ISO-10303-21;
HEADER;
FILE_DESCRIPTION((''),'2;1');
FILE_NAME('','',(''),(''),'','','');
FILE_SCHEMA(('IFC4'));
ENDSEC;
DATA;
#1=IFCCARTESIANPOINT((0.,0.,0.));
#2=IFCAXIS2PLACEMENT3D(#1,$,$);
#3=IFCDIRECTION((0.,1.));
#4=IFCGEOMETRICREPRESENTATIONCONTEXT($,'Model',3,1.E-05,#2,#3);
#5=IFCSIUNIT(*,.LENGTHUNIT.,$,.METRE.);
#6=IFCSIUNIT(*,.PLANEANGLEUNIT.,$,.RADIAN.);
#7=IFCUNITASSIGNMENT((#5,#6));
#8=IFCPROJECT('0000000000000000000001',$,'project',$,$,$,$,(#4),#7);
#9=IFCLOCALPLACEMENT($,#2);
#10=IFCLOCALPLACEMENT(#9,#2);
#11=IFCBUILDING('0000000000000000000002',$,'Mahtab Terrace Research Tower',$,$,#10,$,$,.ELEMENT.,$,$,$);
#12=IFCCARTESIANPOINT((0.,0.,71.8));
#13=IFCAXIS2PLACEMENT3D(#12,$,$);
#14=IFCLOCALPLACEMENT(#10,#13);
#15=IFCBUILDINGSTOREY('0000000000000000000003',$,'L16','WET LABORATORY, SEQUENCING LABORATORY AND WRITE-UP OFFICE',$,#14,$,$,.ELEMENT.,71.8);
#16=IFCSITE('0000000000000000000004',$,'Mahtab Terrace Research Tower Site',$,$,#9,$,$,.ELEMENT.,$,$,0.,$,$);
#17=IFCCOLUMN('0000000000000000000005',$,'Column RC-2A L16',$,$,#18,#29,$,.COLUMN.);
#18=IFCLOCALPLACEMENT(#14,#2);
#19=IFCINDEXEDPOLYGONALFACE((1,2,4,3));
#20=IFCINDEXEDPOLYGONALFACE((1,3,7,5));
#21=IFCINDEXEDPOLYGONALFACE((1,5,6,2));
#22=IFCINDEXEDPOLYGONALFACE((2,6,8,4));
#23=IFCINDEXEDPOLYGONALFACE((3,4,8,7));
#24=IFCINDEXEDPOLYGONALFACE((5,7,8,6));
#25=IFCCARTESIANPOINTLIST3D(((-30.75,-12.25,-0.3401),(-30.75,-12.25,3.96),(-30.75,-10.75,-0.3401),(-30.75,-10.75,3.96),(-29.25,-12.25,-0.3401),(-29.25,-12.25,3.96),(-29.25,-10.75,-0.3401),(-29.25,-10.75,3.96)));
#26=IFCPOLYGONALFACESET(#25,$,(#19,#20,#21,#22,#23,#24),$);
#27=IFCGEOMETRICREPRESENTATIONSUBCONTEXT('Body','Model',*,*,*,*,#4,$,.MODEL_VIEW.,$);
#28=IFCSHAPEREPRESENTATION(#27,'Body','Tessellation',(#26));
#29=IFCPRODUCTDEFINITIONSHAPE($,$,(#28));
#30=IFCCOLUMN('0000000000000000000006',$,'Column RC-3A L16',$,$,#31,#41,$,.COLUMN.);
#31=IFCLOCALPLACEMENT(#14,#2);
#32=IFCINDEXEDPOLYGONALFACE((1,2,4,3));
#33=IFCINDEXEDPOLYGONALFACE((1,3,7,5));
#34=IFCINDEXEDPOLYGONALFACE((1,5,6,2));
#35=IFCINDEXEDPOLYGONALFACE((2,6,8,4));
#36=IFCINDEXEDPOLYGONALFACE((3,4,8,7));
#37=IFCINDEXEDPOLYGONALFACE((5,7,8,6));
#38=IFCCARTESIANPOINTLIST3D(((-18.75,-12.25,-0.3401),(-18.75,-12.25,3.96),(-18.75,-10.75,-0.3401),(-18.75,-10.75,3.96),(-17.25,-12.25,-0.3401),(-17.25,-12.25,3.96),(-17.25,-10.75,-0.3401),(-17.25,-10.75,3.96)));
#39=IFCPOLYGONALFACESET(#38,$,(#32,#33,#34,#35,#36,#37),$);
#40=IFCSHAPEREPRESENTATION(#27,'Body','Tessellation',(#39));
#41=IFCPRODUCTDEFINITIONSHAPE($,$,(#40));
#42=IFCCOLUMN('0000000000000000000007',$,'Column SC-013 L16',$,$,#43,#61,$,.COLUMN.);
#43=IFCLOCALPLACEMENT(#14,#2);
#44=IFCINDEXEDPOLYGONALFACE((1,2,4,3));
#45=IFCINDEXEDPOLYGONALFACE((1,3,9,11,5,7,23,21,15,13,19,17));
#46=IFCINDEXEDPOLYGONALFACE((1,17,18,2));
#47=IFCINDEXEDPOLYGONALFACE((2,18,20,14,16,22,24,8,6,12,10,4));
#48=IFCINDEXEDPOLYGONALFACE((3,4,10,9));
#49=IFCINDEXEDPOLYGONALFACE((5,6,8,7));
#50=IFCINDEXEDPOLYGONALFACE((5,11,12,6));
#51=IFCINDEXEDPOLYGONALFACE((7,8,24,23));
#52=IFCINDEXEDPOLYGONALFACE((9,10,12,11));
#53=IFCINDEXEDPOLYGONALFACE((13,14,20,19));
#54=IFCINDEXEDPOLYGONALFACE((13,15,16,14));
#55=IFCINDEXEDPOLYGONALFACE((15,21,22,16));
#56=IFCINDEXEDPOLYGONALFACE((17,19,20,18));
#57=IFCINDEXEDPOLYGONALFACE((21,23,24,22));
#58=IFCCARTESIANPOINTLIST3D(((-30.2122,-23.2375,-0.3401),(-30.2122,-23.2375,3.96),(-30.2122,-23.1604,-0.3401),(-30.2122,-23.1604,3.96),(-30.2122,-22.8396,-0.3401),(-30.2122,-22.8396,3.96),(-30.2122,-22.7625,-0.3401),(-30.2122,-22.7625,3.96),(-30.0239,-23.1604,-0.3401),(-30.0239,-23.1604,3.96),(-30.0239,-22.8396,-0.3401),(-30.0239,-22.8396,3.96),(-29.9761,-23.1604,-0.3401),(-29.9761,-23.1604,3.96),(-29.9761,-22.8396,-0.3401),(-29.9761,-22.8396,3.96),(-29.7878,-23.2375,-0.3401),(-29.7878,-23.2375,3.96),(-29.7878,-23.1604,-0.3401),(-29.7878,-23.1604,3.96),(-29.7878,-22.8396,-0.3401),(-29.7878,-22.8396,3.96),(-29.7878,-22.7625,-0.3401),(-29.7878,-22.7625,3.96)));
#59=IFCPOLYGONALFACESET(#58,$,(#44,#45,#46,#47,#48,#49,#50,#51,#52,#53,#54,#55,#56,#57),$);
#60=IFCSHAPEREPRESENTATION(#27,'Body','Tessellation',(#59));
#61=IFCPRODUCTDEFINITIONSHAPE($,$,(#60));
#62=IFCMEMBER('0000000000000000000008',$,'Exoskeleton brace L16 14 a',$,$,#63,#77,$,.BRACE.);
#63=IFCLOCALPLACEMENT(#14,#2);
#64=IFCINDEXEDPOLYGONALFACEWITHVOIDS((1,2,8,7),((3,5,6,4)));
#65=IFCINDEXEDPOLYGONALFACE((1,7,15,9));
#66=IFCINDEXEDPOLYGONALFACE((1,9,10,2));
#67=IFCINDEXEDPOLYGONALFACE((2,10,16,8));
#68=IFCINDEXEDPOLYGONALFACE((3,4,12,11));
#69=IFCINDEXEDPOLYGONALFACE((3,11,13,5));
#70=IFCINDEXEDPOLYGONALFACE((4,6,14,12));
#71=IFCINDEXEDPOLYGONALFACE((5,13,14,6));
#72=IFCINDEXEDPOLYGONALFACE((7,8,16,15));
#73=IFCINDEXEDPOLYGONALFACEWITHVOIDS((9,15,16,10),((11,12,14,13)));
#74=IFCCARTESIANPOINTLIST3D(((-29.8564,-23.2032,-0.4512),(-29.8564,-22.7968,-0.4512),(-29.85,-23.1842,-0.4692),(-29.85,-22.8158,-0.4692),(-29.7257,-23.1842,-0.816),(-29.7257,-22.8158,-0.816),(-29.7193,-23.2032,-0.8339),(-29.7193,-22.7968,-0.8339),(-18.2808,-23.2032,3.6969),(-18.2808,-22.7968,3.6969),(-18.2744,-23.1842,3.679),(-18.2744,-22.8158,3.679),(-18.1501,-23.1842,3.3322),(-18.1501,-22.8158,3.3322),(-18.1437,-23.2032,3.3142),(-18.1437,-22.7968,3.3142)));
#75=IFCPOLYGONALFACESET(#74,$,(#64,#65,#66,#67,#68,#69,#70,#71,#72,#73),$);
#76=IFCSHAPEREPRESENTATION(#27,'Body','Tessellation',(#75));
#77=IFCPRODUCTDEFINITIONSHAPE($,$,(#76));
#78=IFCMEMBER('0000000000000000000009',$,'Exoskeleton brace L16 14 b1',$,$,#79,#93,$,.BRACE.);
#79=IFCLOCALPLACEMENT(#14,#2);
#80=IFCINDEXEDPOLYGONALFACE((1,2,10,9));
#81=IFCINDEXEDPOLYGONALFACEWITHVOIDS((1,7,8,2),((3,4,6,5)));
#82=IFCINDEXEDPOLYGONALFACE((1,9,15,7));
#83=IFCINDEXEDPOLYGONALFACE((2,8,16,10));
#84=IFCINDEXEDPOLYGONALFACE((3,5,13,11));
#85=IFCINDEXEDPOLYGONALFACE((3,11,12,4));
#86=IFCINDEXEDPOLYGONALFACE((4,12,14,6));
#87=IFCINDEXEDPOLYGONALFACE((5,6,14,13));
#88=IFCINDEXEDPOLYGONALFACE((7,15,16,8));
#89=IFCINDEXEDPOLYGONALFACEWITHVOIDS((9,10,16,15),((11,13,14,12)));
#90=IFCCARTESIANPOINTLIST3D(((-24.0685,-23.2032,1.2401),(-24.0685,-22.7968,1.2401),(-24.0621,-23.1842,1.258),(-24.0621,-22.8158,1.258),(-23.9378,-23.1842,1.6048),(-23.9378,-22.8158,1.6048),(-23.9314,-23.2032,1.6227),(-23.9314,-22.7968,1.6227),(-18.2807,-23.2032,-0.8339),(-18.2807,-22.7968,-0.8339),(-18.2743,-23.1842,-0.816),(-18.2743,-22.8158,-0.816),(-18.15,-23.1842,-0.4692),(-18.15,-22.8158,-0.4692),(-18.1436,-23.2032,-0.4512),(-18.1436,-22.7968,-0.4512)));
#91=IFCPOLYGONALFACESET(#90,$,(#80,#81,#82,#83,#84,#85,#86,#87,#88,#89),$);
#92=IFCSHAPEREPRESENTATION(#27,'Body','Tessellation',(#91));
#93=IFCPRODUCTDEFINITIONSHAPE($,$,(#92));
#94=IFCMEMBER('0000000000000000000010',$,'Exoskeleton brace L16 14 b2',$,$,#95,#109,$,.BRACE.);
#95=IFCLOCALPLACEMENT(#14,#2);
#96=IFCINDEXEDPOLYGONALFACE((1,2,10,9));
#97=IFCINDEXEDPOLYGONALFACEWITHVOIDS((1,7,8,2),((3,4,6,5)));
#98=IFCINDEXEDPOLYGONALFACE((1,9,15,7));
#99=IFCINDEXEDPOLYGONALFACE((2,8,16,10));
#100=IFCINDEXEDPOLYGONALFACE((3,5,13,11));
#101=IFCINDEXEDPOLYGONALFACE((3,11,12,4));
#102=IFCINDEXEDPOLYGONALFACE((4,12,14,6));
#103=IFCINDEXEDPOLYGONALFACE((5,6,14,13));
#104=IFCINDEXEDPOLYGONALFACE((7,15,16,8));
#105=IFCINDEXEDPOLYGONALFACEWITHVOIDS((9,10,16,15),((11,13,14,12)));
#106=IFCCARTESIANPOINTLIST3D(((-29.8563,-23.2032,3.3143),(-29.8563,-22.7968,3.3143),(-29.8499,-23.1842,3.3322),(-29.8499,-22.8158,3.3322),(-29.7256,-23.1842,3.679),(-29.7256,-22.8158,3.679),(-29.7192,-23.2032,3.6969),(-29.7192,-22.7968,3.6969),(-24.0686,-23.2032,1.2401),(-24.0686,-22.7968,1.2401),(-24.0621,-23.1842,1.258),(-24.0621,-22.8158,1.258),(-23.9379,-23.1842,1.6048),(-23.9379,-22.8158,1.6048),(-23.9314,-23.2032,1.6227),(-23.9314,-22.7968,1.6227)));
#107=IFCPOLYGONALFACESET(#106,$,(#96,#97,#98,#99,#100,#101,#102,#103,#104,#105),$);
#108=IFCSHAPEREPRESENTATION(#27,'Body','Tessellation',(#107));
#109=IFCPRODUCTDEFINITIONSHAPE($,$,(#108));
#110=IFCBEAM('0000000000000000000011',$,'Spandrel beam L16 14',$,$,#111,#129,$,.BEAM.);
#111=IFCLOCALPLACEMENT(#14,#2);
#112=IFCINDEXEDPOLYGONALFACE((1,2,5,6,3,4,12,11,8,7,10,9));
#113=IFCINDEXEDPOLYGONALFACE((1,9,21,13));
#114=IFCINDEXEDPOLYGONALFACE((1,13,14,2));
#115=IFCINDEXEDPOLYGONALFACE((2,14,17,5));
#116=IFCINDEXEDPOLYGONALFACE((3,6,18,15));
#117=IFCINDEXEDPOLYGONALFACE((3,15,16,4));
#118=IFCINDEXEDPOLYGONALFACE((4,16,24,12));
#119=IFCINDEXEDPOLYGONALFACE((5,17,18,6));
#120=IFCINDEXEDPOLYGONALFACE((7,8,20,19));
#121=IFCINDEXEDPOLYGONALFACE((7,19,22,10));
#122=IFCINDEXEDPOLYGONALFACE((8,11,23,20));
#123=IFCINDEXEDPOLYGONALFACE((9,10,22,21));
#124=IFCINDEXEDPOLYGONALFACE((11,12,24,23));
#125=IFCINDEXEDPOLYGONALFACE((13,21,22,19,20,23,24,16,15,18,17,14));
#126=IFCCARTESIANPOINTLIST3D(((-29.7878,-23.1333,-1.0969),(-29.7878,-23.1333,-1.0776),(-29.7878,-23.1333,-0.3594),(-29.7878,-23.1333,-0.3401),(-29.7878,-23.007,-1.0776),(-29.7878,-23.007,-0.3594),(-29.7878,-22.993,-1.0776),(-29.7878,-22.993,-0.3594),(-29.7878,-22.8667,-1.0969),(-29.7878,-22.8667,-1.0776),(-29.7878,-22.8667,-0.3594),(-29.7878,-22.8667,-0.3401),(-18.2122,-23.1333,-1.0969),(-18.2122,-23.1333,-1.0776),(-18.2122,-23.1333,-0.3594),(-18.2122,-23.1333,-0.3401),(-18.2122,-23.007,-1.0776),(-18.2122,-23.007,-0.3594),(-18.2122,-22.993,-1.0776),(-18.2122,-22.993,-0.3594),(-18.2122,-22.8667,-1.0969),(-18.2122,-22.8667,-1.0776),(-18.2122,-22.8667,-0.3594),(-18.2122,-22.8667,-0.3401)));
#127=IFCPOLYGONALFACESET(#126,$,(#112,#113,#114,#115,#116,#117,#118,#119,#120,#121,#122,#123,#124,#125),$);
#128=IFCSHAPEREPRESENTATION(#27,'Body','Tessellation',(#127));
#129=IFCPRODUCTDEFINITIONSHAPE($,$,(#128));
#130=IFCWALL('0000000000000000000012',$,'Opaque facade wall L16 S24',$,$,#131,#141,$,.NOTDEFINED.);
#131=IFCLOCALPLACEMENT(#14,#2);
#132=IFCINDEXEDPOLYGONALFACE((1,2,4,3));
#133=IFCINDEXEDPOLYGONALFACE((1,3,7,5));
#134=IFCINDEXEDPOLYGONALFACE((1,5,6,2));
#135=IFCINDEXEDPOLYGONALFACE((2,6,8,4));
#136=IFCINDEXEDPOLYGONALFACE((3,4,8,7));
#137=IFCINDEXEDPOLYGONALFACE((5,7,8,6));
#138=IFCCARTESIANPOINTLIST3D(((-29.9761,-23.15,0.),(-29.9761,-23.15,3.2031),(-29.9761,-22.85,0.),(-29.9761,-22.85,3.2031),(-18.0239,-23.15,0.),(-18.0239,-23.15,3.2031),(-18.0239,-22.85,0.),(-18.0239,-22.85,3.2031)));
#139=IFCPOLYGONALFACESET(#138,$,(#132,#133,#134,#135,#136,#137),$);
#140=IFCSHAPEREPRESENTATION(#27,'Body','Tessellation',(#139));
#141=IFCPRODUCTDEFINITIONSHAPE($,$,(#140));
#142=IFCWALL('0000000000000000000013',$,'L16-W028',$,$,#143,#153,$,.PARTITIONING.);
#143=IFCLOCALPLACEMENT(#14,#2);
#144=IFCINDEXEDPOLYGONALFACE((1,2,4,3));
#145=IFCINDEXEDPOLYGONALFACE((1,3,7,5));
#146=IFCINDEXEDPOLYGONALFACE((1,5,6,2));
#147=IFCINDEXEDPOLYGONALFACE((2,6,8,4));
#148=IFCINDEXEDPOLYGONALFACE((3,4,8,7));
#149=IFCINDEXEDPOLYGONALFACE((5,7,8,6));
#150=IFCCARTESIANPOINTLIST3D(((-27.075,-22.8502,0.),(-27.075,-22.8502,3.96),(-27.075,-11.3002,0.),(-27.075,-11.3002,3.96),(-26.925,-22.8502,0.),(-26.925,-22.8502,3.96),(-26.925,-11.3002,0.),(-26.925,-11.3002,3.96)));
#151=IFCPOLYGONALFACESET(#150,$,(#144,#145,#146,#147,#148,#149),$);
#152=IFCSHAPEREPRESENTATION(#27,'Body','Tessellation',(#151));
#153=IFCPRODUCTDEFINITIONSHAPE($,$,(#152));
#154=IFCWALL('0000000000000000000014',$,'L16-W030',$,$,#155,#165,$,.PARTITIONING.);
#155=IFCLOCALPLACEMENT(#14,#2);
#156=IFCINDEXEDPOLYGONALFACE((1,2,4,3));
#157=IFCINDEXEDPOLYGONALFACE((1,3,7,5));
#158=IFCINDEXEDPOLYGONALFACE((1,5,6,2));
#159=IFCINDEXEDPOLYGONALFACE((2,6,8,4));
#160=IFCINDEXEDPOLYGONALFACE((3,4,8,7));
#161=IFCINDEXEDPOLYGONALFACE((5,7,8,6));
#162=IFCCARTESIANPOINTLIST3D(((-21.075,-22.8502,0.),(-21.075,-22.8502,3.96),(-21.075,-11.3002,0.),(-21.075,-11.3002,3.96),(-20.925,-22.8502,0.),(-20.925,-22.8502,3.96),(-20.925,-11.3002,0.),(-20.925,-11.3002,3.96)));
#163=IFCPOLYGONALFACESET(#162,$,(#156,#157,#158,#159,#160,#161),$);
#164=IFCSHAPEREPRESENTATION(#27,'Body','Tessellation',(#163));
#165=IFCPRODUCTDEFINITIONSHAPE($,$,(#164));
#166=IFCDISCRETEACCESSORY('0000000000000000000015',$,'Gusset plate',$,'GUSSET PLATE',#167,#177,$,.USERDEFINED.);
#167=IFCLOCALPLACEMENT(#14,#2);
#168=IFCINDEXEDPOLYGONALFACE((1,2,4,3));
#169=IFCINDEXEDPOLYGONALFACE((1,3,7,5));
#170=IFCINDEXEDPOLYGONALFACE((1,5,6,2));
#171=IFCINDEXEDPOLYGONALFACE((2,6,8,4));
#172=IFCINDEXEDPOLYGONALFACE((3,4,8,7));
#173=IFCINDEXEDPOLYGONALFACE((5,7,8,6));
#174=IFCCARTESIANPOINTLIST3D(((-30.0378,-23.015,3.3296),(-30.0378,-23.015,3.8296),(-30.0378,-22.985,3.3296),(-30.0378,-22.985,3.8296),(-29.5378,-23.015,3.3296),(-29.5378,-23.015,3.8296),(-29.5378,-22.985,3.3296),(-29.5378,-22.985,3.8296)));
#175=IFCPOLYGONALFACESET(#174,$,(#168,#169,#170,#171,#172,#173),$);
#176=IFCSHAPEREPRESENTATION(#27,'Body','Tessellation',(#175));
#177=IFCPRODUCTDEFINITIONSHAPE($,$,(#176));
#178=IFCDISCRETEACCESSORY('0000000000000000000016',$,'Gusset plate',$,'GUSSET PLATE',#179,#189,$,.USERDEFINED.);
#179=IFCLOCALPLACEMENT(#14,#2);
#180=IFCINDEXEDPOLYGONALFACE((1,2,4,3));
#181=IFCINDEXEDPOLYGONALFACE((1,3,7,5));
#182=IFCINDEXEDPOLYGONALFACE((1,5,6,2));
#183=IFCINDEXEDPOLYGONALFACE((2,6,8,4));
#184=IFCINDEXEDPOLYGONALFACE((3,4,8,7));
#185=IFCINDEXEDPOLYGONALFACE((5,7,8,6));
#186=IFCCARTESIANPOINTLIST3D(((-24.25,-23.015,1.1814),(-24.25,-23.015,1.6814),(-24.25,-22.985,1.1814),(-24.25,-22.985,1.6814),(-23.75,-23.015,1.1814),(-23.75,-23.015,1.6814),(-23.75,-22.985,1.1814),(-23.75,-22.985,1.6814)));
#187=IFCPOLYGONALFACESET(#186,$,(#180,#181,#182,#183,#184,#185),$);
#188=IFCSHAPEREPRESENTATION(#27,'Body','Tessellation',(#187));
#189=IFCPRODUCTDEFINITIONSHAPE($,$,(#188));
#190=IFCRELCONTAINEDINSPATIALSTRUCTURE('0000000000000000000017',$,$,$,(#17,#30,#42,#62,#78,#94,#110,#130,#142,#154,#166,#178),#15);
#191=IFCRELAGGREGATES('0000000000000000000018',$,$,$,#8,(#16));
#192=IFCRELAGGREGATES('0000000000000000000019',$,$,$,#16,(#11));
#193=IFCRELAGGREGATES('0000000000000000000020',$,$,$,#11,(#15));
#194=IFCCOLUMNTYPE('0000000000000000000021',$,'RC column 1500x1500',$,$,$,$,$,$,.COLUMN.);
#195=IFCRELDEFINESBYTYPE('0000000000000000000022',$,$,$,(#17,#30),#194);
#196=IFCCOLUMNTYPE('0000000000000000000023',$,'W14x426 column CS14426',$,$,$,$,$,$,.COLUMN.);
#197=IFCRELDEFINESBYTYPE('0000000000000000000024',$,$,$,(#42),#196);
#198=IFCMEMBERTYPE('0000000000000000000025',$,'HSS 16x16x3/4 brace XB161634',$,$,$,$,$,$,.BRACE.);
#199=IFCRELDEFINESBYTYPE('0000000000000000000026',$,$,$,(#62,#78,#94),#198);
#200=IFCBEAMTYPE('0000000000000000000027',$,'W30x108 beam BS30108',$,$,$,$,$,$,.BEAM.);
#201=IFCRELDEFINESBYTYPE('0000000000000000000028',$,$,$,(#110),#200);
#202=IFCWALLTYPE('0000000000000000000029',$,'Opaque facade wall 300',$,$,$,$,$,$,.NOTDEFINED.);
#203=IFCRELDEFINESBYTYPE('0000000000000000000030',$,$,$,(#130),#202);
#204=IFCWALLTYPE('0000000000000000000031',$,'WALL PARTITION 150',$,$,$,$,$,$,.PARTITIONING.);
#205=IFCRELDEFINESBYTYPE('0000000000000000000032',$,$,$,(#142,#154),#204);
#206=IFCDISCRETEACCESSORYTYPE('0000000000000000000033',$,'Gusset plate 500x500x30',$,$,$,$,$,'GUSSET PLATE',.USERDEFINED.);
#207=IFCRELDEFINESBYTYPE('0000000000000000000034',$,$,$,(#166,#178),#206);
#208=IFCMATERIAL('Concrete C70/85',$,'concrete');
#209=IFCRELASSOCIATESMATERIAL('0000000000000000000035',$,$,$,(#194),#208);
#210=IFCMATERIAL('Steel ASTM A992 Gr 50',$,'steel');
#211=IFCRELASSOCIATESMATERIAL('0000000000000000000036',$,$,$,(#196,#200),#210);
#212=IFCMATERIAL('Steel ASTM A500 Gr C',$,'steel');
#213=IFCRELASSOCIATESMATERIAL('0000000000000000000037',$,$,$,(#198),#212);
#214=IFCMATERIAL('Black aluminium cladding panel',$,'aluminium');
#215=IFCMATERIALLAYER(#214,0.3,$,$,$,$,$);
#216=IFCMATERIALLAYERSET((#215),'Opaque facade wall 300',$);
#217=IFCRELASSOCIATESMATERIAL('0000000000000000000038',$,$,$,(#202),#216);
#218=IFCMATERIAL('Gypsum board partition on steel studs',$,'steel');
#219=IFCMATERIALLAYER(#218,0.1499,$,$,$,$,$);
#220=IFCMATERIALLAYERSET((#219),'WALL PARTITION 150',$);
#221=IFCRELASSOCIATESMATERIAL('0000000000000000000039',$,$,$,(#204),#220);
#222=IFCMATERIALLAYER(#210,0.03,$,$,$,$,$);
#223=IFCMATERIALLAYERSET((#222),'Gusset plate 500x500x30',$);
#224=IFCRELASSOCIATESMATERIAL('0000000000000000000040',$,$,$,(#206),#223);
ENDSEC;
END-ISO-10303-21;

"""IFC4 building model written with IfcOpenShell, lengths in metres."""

from ifc_helpers import new_model, si_unit, direction, frame, frame_2d, origin, origin_2d, place, context, subcontext, project, spatial, rectangle, hollow_rectangle, i_section, extrude, material, layer, layer_set, material_profile, profile_set, type_object, element, save


model = new_model("IFC4")

# Units and contexts
model_context = context("Model", 3, precision=1e-05, world=origin(), true_north=direction((0.0, 1.0)))
body_context = subcontext(model_context, "Body", "Model", "MODEL_VIEW")
ifc_project = project(units=[si_unit("LENGTHUNIT", "METRE"), si_unit("PLANEANGLEUNIT", "RADIAN")], contexts=[model_context])

# Site, building, storey
site_placement = place(None, origin())
site = spatial("IfcSite", under=ifc_project, at=site_placement, Name="Mahtab Terrace Research Tower Site", CompositionType="ELEMENT", RefElevation=0.0)
building_placement = place(site_placement, origin())
building = spatial("IfcBuilding", under=site, at=building_placement, Name="Mahtab Terrace Research Tower", CompositionType="ELEMENT")
storey_placement = place(building_placement, frame((0.0, 0.0, 71.8)))
storey = spatial("IfcBuildingStorey", under=building, at=storey_placement, Name="L16", Description="WET LABORATORY, SEQUENCING LABORATORY AND WRITE-UP OFFICE", CompositionType="ELEMENT", Elevation=71.8)

# Columns
ifc_material_1 = material(Name="Concrete C70/85", Category="concrete")
ifc_material_profile_1 = material_profile(ifc_material_1, rectangle(XDim=1.5, YDim=1.5, at=origin_2d()), Name="RC column 1500x1500")
ifc_profile_set_1 = profile_set([ifc_material_profile_1], Name="Concrete C70/85")
column_type_1 = type_object("IfcColumnType", Name="RC column 1500x1500", PredefinedType="COLUMN", material=ifc_profile_set_1)
for number, where, z_axis, x_axis, name in (
    (1, (-30.0, -11.5, -0.3401), (0.0, 0.0, 1.0), (1.0, 0.0, 0.0), "Column RC-2A L16"),
    (2, (-18.0, -11.5, -0.3401), (0.0, 0.0, 1.0), (1.0, 0.0, 0.0), "Column RC-3A L16"),
):
    element("IfcColumn", number, at=place(storey_placement, frame(where, z_axis=z_axis, x_axis=x_axis)), inside=storey, type_object=column_type_1, Name=name, PredefinedType="COLUMN", context=body_context, shape_type="SweptSolid", body=[
        extrude(rectangle(XDim=1.5, YDim=1.5, at=origin_2d()), origin(), (0.0, 0.0, 1.0), 4.3),
    ])
ifc_material_2 = material(Name="Steel ASTM A992 Gr 50", Category="steel")
ifc_material_profile_2 = material_profile(ifc_material_2, i_section(OverallWidth=0.4243, OverallDepth=0.4751, WebThickness=0.0479, FlangeThickness=0.0771, at=origin_2d()), Name="W14X426")
ifc_profile_set_2 = profile_set([ifc_material_profile_2], Name="Steel ASTM A992 Gr 50")
column_type_2 = type_object("IfcColumnType", Name="W14x426 column CS14426", PredefinedType="COLUMN", material=ifc_profile_set_2)
column_placement = place(storey_placement, frame((-30.0, -23.0, -0.3401), z_axis=(0.0, 0.0, 1.0), x_axis=(1.0, 0.0, 0.0)))
element("IfcColumn", 3, at=column_placement, inside=storey, type_object=column_type_2, Name="Column SC-013 L16", PredefinedType="COLUMN", context=body_context, shape_type="SweptSolid", body=[
    extrude(i_section(OverallWidth=0.4243, OverallDepth=0.4751, WebThickness=0.0479, FlangeThickness=0.0771, at=origin_2d()), origin(), (0.0, 0.0, 1.0), 4.3),
])

# Members
ifc_material_3 = material(Name="Steel ASTM A500 Gr C", Category="steel")
ifc_material_profile_3 = material_profile(ifc_material_3, hollow_rectangle(XDim=0.4065, YDim=0.4065, WallThickness=0.019, at=origin_2d()), Name="HSS16X16X3/4")
ifc_profile_set_3 = profile_set([ifc_material_profile_3], Name="Steel ASTM A500 Gr C")
member_type = type_object("IfcMemberType", Name="HSS 16x16x3/4 brace XB161634", PredefinedType="BRACE", material=ifc_profile_set_3)
member_placement = place(storey_placement, frame((-29.7878, -23.0, -0.6426), z_axis=(0.94138, 0.0, 0.337347), x_axis=(0.0, 1.0, 0.0)))
element("IfcMember", 4, at=member_placement, inside=storey, type_object=member_type, Name="Exoskeleton brace L16 14 a", PredefinedType="BRACE", context=body_context, shape_type="SweptSolid", body=[
    extrude(hollow_rectangle(XDim=0.4065, YDim=0.4065, WallThickness=0.019, at=origin_2d()), origin(), (0.0, 0.0, 1.0), 12.2964),
])
for number, where, z_axis, x_axis, name in (
    (5, (-18.2122, -23.0, -0.6426), (-0.941387, 0.0, 0.33733), (0.0, -1.0, 0.0), "Exoskeleton brace L16 14 b1"),
    (6, (-24.0, -23.0, 1.4314), (-0.941374, 0.0, 0.337365), (0.0, -1.0, 0.0), "Exoskeleton brace L16 14 b2"),
):
    element("IfcMember", number, at=place(storey_placement, frame(where, z_axis=z_axis, x_axis=x_axis)), inside=storey, type_object=member_type, Name=name, PredefinedType="BRACE", context=body_context, shape_type="SweptSolid", body=[
        extrude(hollow_rectangle(XDim=0.4065, YDim=0.4065, WallThickness=0.019, at=origin_2d()), origin(), (0.0, 0.0, 1.0), 6.1482),
    ])

# Beam
ifc_material_profile_4 = material_profile(ifc_material_2, i_section(OverallWidth=0.2666, OverallDepth=0.7568, WebThickness=0.0139, FlangeThickness=0.0193, at=origin_2d()), Name="W30X108")
ifc_profile_set_4 = profile_set([ifc_material_profile_4], Name="Steel ASTM A992 Gr 50")
beam_type = type_object("IfcBeamType", Name="W30x108 beam BS30108", PredefinedType="BEAM", material=ifc_profile_set_4)
beam_placement = place(storey_placement, frame((-29.7878, -23.0, -0.7185), z_axis=(1.0, 0.0, 0.0), x_axis=(0.0, 1.0, 0.0)))
element("IfcBeam", 7, at=beam_placement, inside=storey, type_object=beam_type, Name="Spandrel beam L16 14", PredefinedType="BEAM", context=body_context, shape_type="SweptSolid", body=[
    extrude(i_section(OverallWidth=0.2666, OverallDepth=0.7568, WebThickness=0.0139, FlangeThickness=0.0193, at=origin_2d()), origin(), (0.0, 0.0, 1.0), 11.5757),
])

# Walls
ifc_material_4 = material(Name="Black aluminium cladding panel", Category="aluminium")
ifc_layer_1 = layer(ifc_material_4, 0.3)
ifc_layer_set_1 = layer_set([ifc_layer_1], Name="Opaque facade wall 300")
wall_type_1 = type_object("IfcWallType", Name="Opaque facade wall 300", PredefinedType="NOTDEFINED", material=ifc_layer_set_1)
wall_placement = place(storey_placement, frame((-29.9761, -23.0, 0.0), z_axis=(0.0, 0.0, 1.0), x_axis=(1.0, 0.0, 0.0)))
element("IfcWall", 8, at=wall_placement, inside=storey, type_object=wall_type_1, Name="Opaque facade wall L16 S24", PredefinedType="NOTDEFINED", context=body_context, shape_type="SweptSolid", body=[
    extrude(rectangle(XDim=11.9521, YDim=0.3, at=frame_2d((5.9761, 0.0))), origin(), (0.0, 0.0, 1.0), 3.2031),
])
ifc_material_5 = material(Name="Gypsum board partition on steel studs", Category="steel")
ifc_layer_2 = layer(ifc_material_5, 0.1499)
ifc_layer_set_2 = layer_set([ifc_layer_2], Name="WALL PARTITION 150")
wall_type_2 = type_object("IfcWallType", Name="WALL PARTITION 150", PredefinedType="PARTITIONING", material=ifc_layer_set_2)
for number, where, z_axis, x_axis, name in (
    (9, (-27.0, -22.8501, 0.0), (0.0, 0.0, 1.0), (0.0, 1.0, 0.0), "L16-W028"),
    (10, (-21.0, -22.8501, 0.0), (0.0, 0.0, 1.0), (0.0, 1.0, 0.0), "L16-W030"),
):
    element("IfcWall", number, at=place(storey_placement, frame(where, z_axis=z_axis, x_axis=x_axis)), inside=storey, type_object=wall_type_2, Name=name, PredefinedType="PARTITIONING", context=body_context, shape_type="SweptSolid", body=[
        extrude(rectangle(XDim=11.55, YDim=0.1499, at=frame_2d((5.7749, 0.0))), origin(), (0.0, 0.0, 1.0), 3.96),
    ])

# Discrete accessories
ifc_layer_3 = layer(ifc_material_2, 0.03)
ifc_layer_set_3 = layer_set([ifc_layer_3], Name="Gusset plate 500x500x30")
discrete_accessory_type = type_object("IfcDiscreteAccessoryType", Name="Gusset plate 500x500x30", ElementType="GUSSET PLATE", PredefinedType="USERDEFINED", material=ifc_layer_set_3)
for number, where, z_axis, x_axis, name in (
    (11, (-29.7878, -23.0, 3.3296), (0.0, 0.0, 1.0), (1.0, 0.0, 0.0), "Gusset plate"),
    (12, (-24.0, -23.0, 1.1814), (0.0, 0.0, 1.0), (1.0, 0.0, 0.0), "Gusset plate"),
):
    element("IfcDiscreteAccessory", number, at=place(storey_placement, frame(where, z_axis=z_axis, x_axis=x_axis)), inside=storey, type_object=discrete_accessory_type, Name=name, ObjectType="GUSSET PLATE", PredefinedType="USERDEFINED", context=body_context, shape_type="SweptSolid", body=[
        extrude(rectangle(XDim=0.5, YDim=0.03, at=origin_2d()), origin(), (0.0, 0.0, 1.0), 0.5),
    ])

save(model, "model.ifc")
